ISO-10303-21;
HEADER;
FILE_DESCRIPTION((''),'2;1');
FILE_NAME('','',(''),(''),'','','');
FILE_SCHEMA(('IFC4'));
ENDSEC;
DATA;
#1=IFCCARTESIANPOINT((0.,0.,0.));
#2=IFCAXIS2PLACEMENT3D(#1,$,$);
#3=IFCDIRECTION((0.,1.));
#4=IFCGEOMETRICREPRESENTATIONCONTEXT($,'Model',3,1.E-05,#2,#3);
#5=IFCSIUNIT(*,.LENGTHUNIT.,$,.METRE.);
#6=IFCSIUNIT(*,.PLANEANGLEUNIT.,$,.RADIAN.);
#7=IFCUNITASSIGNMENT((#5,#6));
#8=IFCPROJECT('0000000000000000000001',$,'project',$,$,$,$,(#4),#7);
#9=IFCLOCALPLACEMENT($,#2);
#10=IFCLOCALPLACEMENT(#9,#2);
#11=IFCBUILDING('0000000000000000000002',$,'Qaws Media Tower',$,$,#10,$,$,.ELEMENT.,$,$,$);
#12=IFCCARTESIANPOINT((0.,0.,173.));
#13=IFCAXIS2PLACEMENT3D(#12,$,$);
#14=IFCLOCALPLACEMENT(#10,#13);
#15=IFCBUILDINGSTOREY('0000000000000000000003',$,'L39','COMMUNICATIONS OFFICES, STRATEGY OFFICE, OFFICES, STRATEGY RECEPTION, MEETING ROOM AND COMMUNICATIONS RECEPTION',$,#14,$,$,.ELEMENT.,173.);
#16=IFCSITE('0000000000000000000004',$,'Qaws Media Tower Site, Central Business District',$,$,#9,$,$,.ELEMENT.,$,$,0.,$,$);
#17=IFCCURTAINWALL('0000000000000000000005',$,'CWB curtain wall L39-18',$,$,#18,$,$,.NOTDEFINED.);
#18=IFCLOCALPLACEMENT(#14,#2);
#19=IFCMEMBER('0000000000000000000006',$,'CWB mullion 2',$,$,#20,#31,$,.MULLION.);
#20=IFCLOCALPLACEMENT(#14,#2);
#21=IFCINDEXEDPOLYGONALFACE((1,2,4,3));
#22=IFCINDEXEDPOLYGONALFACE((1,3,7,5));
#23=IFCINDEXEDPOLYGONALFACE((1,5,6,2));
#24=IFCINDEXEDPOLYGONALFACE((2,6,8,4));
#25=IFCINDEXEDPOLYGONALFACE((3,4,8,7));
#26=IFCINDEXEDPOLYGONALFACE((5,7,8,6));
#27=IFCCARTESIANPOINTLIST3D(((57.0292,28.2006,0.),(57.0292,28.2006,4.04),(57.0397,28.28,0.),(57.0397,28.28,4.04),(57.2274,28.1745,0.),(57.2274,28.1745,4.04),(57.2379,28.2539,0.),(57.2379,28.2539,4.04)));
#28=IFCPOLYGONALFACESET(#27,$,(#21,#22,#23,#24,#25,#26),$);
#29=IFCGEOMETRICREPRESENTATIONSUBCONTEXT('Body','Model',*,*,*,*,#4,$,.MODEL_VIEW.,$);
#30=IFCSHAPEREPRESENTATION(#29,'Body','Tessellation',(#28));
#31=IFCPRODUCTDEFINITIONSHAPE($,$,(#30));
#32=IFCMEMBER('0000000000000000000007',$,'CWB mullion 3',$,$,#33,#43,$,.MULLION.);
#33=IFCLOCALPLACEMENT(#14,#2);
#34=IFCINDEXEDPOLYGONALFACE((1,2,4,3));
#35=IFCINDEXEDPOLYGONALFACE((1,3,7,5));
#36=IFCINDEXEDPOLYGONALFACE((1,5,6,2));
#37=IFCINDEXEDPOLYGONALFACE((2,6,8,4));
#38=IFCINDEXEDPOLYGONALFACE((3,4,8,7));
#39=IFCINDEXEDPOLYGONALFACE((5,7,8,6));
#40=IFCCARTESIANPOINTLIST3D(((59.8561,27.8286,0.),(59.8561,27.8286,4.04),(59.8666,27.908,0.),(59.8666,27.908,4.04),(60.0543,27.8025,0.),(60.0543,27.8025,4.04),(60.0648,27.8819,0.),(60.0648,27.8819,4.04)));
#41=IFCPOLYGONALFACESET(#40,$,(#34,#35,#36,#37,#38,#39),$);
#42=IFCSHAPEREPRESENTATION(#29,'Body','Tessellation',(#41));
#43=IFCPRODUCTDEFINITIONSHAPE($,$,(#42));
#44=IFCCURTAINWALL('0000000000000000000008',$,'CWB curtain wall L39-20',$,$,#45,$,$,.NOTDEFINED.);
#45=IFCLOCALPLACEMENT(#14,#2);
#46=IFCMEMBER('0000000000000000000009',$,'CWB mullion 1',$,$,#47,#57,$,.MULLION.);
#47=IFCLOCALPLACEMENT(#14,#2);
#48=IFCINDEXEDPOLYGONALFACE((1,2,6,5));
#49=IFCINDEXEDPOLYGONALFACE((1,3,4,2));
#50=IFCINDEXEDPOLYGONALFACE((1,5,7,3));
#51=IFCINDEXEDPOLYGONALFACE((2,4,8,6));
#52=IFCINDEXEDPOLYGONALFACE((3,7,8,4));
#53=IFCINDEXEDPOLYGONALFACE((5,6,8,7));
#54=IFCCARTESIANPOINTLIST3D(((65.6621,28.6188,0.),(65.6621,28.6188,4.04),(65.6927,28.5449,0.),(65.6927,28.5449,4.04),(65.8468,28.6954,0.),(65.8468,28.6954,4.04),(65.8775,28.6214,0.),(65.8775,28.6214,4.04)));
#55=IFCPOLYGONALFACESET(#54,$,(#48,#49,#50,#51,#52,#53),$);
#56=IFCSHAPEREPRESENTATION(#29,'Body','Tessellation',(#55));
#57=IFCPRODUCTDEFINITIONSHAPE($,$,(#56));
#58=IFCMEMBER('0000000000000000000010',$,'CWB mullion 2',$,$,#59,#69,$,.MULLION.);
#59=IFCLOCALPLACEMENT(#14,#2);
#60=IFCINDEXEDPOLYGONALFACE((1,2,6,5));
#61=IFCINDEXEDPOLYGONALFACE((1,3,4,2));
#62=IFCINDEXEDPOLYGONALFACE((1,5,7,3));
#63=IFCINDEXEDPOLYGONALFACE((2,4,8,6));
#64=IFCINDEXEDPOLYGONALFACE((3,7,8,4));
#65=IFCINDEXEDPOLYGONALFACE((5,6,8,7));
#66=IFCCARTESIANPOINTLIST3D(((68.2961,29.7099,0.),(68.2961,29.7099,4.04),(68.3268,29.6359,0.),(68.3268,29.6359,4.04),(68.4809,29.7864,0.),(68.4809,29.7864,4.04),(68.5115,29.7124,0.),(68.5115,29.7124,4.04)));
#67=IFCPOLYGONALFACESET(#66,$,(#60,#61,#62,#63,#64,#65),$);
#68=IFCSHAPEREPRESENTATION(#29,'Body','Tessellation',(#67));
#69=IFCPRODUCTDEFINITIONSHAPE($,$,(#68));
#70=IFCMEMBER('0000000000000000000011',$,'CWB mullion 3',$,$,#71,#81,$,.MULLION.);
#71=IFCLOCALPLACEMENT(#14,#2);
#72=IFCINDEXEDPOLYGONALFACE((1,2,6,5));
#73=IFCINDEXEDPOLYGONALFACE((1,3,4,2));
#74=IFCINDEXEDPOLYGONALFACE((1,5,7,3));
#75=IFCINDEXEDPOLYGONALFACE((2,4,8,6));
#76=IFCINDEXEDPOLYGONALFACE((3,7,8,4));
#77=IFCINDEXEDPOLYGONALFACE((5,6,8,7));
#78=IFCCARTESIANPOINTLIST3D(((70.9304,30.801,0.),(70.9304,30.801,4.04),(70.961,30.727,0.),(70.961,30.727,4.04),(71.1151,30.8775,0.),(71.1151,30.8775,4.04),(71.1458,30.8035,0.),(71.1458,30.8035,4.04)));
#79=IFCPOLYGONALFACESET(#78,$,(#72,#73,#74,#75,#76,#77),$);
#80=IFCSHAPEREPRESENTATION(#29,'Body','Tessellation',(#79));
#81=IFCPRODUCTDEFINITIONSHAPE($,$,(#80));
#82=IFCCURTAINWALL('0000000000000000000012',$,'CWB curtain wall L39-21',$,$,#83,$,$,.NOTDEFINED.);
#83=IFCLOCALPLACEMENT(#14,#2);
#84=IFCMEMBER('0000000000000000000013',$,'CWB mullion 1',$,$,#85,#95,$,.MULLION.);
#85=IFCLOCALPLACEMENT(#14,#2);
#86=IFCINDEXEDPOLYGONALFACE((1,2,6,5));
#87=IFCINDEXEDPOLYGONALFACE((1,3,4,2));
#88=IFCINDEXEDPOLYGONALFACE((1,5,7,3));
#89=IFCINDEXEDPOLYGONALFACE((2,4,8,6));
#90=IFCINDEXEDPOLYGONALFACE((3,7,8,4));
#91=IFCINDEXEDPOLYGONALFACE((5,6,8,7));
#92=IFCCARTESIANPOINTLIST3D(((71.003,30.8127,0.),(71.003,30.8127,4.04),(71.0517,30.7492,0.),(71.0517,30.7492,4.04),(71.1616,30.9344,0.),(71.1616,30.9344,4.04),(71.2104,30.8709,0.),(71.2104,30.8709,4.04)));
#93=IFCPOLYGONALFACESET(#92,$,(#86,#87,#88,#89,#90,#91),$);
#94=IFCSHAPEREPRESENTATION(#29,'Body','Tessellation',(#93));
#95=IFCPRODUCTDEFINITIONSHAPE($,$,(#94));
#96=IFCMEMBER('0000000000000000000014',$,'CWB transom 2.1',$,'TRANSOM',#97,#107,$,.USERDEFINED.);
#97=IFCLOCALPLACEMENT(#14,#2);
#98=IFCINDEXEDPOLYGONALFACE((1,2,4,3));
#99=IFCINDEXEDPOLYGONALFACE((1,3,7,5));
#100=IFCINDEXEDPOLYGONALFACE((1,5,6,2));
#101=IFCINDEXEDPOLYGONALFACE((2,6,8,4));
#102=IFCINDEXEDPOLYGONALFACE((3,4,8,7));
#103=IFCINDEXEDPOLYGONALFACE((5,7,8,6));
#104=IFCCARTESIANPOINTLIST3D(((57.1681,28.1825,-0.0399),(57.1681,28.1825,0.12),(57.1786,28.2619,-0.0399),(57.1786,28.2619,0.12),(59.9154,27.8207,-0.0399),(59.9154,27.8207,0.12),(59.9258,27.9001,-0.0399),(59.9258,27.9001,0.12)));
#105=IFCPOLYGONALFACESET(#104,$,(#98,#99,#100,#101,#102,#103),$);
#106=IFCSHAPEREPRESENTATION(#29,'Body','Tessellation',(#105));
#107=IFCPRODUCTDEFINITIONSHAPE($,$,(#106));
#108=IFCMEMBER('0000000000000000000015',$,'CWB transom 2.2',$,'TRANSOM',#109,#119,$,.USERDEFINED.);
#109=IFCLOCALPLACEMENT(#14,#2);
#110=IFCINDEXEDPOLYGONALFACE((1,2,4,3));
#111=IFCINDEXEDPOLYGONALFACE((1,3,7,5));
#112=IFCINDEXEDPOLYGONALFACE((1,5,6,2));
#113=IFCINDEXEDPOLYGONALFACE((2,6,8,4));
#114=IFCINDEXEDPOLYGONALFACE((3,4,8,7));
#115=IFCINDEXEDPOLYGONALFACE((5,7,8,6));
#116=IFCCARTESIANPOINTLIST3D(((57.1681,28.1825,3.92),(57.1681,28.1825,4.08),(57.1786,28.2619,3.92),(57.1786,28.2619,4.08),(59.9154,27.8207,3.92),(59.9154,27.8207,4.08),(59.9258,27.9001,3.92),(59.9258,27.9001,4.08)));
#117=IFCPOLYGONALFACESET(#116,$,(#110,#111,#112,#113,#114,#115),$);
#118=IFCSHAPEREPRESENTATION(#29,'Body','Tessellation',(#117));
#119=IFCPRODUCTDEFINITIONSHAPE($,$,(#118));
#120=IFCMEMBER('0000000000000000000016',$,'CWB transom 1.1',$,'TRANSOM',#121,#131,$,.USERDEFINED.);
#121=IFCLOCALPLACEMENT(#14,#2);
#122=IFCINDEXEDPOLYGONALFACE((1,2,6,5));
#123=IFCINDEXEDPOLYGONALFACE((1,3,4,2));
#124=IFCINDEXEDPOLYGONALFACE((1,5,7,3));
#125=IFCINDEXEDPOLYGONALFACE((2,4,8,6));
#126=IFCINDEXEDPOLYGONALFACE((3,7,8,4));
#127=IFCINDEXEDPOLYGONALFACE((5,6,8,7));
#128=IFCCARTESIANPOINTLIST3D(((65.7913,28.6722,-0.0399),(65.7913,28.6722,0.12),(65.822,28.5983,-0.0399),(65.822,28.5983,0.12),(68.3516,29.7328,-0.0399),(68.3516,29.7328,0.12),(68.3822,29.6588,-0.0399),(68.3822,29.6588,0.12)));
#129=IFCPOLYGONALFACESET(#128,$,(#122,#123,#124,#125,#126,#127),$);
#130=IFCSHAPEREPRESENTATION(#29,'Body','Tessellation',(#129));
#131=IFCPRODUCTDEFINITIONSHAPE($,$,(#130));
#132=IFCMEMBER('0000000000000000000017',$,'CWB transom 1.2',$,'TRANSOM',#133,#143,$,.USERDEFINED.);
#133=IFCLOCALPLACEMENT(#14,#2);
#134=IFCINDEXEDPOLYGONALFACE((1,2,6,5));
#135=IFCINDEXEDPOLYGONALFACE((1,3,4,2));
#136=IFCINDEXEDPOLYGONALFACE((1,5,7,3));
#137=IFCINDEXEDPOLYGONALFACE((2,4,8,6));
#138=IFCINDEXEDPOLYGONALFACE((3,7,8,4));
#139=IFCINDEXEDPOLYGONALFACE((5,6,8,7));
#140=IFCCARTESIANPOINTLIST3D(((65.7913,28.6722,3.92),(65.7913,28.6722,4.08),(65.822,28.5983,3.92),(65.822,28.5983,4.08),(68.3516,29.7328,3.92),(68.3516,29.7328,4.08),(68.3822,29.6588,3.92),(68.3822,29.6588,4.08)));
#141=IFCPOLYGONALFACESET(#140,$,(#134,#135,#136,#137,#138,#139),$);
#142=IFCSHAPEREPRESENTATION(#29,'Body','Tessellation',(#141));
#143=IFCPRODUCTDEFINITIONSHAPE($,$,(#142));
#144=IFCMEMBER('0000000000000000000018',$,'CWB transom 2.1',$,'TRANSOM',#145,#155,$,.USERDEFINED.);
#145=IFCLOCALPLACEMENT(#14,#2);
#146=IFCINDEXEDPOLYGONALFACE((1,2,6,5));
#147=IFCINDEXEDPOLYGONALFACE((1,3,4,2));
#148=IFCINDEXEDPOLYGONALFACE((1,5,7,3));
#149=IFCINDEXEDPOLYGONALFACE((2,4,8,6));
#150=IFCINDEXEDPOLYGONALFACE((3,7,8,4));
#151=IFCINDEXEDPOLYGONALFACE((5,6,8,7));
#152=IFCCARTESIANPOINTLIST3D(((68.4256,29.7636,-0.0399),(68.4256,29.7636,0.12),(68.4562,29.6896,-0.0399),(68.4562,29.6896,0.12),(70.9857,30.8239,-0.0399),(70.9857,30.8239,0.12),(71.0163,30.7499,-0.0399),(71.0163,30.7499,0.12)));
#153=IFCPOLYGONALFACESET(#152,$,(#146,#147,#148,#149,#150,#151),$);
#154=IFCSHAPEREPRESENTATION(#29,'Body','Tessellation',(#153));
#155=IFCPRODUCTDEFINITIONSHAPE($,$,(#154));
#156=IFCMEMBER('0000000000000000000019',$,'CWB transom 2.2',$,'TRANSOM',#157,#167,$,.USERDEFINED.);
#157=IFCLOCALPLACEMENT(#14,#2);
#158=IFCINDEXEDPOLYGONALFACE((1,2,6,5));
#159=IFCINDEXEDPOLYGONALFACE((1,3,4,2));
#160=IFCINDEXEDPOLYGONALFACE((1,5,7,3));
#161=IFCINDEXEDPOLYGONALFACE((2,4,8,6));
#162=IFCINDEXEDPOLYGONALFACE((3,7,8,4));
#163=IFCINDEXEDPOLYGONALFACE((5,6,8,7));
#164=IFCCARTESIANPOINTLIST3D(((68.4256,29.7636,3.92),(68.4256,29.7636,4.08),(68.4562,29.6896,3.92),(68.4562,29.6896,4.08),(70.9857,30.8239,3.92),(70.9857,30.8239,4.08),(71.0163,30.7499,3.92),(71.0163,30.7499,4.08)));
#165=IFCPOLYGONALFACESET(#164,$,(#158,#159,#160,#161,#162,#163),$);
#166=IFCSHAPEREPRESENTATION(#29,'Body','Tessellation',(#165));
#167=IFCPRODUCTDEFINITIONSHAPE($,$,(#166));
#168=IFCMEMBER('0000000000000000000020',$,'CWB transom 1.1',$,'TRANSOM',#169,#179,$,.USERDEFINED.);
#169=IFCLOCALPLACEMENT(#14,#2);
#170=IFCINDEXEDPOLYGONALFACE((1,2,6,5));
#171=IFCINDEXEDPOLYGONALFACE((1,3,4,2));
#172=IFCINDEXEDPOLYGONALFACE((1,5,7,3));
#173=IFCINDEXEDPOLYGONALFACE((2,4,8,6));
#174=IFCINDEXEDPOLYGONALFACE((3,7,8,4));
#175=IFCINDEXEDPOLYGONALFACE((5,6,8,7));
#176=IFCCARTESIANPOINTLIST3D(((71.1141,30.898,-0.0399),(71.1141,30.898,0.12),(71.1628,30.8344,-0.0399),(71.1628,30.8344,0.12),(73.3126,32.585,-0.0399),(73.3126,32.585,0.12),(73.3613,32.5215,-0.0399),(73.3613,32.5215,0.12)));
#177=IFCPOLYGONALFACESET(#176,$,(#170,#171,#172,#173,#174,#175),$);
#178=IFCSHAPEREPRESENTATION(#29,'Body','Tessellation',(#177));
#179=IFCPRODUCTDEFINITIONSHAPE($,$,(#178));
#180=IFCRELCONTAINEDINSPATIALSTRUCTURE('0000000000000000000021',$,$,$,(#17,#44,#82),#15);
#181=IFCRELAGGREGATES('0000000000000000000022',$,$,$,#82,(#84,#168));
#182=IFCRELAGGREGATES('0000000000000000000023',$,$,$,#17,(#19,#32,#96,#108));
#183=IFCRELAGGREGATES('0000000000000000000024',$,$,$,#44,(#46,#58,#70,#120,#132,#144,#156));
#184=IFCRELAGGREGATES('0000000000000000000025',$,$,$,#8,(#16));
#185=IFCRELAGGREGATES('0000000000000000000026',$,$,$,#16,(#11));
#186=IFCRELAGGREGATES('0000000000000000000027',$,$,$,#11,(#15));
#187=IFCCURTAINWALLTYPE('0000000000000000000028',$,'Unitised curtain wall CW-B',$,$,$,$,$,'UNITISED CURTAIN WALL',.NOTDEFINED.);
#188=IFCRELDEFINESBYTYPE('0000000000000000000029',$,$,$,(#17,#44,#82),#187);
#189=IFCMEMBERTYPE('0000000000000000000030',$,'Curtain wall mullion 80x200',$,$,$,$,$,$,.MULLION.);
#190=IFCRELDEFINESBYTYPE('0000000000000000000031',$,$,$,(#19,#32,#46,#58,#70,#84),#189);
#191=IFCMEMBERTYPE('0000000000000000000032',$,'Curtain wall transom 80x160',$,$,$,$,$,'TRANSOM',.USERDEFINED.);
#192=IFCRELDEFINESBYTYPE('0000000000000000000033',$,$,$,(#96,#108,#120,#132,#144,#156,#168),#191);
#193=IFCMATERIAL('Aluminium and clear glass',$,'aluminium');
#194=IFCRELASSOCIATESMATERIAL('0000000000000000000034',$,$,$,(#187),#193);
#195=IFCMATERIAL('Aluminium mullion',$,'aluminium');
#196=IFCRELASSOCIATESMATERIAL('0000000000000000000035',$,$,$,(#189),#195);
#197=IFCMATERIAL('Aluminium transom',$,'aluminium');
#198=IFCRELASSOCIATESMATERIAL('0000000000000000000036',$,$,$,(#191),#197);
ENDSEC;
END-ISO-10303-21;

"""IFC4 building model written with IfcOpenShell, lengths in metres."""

from ifc_helpers import new_model, si_unit, direction, frame, origin, origin_2d, place, context, subcontext, project, spatial, rectangle, extrude, material, material_profile, profile_set, type_object, element, aggregate, save


model = new_model("IFC4")

# Units and contexts
model_context = context("Model", 3, precision=1e-05, world=origin(), true_north=direction((0.0, 1.0)))
body_context = subcontext(model_context, "Body", "Model", "MODEL_VIEW")
ifc_project = project(units=[si_unit("LENGTHUNIT", "METRE"), si_unit("PLANEANGLEUNIT", "RADIAN")], contexts=[model_context])

# Site, building, storey
site_placement = place(None, origin())
site = spatial("IfcSite", under=ifc_project, at=site_placement, Name="Qaws Media Tower Site, Central Business District", CompositionType="ELEMENT", RefElevation=0.0)
building_placement = place(site_placement, origin())
building = spatial("IfcBuilding", under=site, at=building_placement, Name="Qaws Media Tower", CompositionType="ELEMENT")
storey_placement = place(building_placement, frame((0.0, 0.0, 173.0)))
storey = spatial("IfcBuildingStorey", under=building, at=storey_placement, Name="L39", Description="COMMUNICATIONS OFFICES, STRATEGY OFFICE, OFFICES, STRATEGY RECEPTION, MEETING ROOM AND COMMUNICATIONS RECEPTION", CompositionType="ELEMENT", Elevation=173.0)

# Curtain walls, members
ifc_material_1 = material(Name="Aluminium and clear glass", Category="aluminium")
curtain_wall_type = type_object("IfcCurtainWallType", Name="Unitised curtain wall CW-B", ElementType="UNITISED CURTAIN WALL", PredefinedType="NOTDEFINED", material=ifc_material_1)
curtain_wall_1_placement = place(storey_placement, origin())
curtain_wall_1 = element("IfcCurtainWall", 1, at=curtain_wall_1_placement, inside=storey, type_object=curtain_wall_type, Name="CWB curtain wall L39-18", PredefinedType="NOTDEFINED")
ifc_material_2 = material(Name="Aluminium mullion", Category="aluminium")
ifc_material_profile_1 = material_profile(ifc_material_2, rectangle(XDim=0.0801, YDim=0.2, at=origin_2d()), Name="80x200")
ifc_profile_set_1 = profile_set([ifc_material_profile_1], Name="Aluminium mullion")
member_type_1 = type_object("IfcMemberType", Name="Curtain wall mullion 80x200", PredefinedType="MULLION", material=ifc_profile_set_1)
member_1_placement = place(storey_placement, frame((57.1335, 28.2273, 0.0), z_axis=(0.0, 0.0, 1.0), x_axis=(0.130526, 0.991445, 0.0)))
member_1 = element("IfcMember", 2, at=member_1_placement, type_object=member_type_1, Name="CWB mullion 2", PredefinedType="MULLION", context=body_context, shape_type="SweptSolid", body=[
    extrude(rectangle(XDim=0.0801, YDim=0.2, at=origin_2d()), origin(), (0.0, 0.0, 1.0), 4.04),
])
member_2_placement = place(storey_placement, frame((59.9604, 27.8552, 0.0), z_axis=(0.0, 0.0, 1.0), x_axis=(0.130526, 0.991445, 0.0)))
member_2 = element("IfcMember", 3, at=member_2_placement, type_object=member_type_1, Name="CWB mullion 3", PredefinedType="MULLION", context=body_context, shape_type="SweptSolid", body=[
    extrude(rectangle(XDim=0.0801, YDim=0.2, at=origin_2d()), origin(), (0.0, 0.0, 1.0), 4.04),
])
curtain_wall_2_placement = place(storey_placement, origin())
curtain_wall_2 = element("IfcCurtainWall", 4, at=curtain_wall_2_placement, inside=storey, type_object=curtain_wall_type, Name="CWB curtain wall L39-20", PredefinedType="NOTDEFINED")
member_3_placement = place(storey_placement, frame((65.7698, 28.6201, 0.0), z_axis=(0.0, 0.0, 1.0), x_axis=(-0.382683, 0.92388, 0.0)))
member_3 = element("IfcMember", 5, at=member_3_placement, type_object=member_type_1, Name="CWB mullion 1", PredefinedType="MULLION", context=body_context, shape_type="SweptSolid", body=[
    extrude(rectangle(XDim=0.0801, YDim=0.2, at=origin_2d()), origin(), (0.0, 0.0, 1.0), 4.04),
])
member_4_placement = place(storey_placement, frame((68.4038, 29.7112, 0.0), z_axis=(0.0, 0.0, 1.0), x_axis=(-0.382683, 0.92388, 0.0)))
member_4 = element("IfcMember", 6, at=member_4_placement, type_object=member_type_1, Name="CWB mullion 2", PredefinedType="MULLION", context=body_context, shape_type="SweptSolid", body=[
    extrude(rectangle(XDim=0.0801, YDim=0.2, at=origin_2d()), origin(), (0.0, 0.0, 1.0), 4.04),
])
member_5_placement = place(storey_placement, frame((71.0381, 30.8022, 0.0), z_axis=(0.0, 0.0, 1.0), x_axis=(-0.382683, 0.92388, 0.0)))
member_5 = element("IfcMember", 7, at=member_5_placement, type_object=member_type_1, Name="CWB mullion 3", PredefinedType="MULLION", context=body_context, shape_type="SweptSolid", body=[
    extrude(rectangle(XDim=0.0801, YDim=0.2, at=origin_2d()), origin(), (0.0, 0.0, 1.0), 4.04),
])

# Curtain wall, member
curtain_wall_3_placement = place(storey_placement, origin())
curtain_wall_3 = element("IfcCurtainWall", 8, at=curtain_wall_3_placement, inside=storey, type_object=curtain_wall_type, Name="CWB curtain wall L39-21", PredefinedType="NOTDEFINED")
member_6_placement = place(storey_placement, frame((71.1067, 30.8418, 0.0), z_axis=(0.0, 0.0, 1.0), x_axis=(-0.608762, 0.793353, 0.0)))
member_6 = element("IfcMember", 9, at=member_6_placement, type_object=member_type_1, Name="CWB mullion 1", PredefinedType="MULLION", context=body_context, shape_type="SweptSolid", body=[
    extrude(rectangle(XDim=0.0801, YDim=0.2, at=origin_2d()), origin(), (0.0, 0.0, 1.0), 4.04),
])

# Members
ifc_material_3 = material(Name="Aluminium transom", Category="aluminium")
ifc_material_profile_2 = material_profile(ifc_material_3, rectangle(XDim=0.0801, YDim=0.1599, at=origin_2d()), Name="80x160")
ifc_profile_set_2 = profile_set([ifc_material_profile_2], Name="Aluminium transom")
member_type_2 = type_object("IfcMemberType", Name="Curtain wall transom 80x160", ElementType="TRANSOM", PredefinedType="USERDEFINED", material=ifc_profile_set_2)
member_7_placement = place(storey_placement, frame((57.1733, 28.2222, 0.04), z_axis=(0.991439, -0.130571, 0.0), x_axis=(0.130571, 0.991439, 0.0)))
member_7 = element("IfcMember", 10, at=member_7_placement, type_object=member_type_2, Name="CWB transom 2.1", ObjectType="TRANSOM", PredefinedType="USERDEFINED", context=body_context, shape_type="SweptSolid", body=[
    extrude(rectangle(XDim=0.0801, YDim=0.1599, at=origin_2d()), origin(), (0.0, 0.0, 1.0), 2.771),
])
member_8_placement = place(storey_placement, frame((57.1733, 28.2222, 4.0), z_axis=(0.991439, -0.130571, 0.0), x_axis=(0.130571, 0.991439, 0.0)))
member_8 = element("IfcMember", 11, at=member_8_placement, type_object=member_type_2, Name="CWB transom 2.2", ObjectType="TRANSOM", PredefinedType="USERDEFINED", context=body_context, shape_type="SweptSolid", body=[
    extrude(rectangle(XDim=0.0801, YDim=0.1599, at=origin_2d()), origin(), (0.0, 0.0, 1.0), 2.771),
])
member_9_placement = place(storey_placement, frame((65.8066, 28.6353, 0.04), z_axis=(0.923875, 0.382694, 0.0), x_axis=(-0.382694, 0.923875, 0.0)))
member_9 = element("IfcMember", 12, at=member_9_placement, type_object=member_type_2, Name="CWB transom 1.1", ObjectType="TRANSOM", PredefinedType="USERDEFINED", context=body_context, shape_type="SweptSolid", body=[
    extrude(rectangle(XDim=0.0801, YDim=0.1599, at=origin_2d()), origin(), (0.0, 0.0, 1.0), 2.7712),
])
member_10_placement = place(storey_placement, frame((65.8066, 28.6353, 4.0), z_axis=(0.923875, 0.382694, 0.0), x_axis=(-0.382694, 0.923875, 0.0)))
member_10 = element("IfcMember", 13, at=member_10_placement, type_object=member_type_2, Name="CWB transom 1.2", ObjectType="TRANSOM", PredefinedType="USERDEFINED", context=body_context, shape_type="SweptSolid", body=[
    extrude(rectangle(XDim=0.0801, YDim=0.1599, at=origin_2d()), origin(), (0.0, 0.0, 1.0), 2.7712),
])
member_11_placement = place(storey_placement, frame((68.4409, 29.7266, 0.04), z_axis=(0.923893, 0.38265, 0.0), x_axis=(-0.38265, 0.923893, 0.0)))
member_11 = element("IfcMember", 14, at=member_11_placement, type_object=member_type_2, Name="CWB transom 2.1", ObjectType="TRANSOM", PredefinedType="USERDEFINED", context=body_context, shape_type="SweptSolid", body=[
    extrude(rectangle(XDim=0.0801, YDim=0.1599, at=origin_2d()), origin(), (0.0, 0.0, 1.0), 2.771),
])
member_12_placement = place(storey_placement, frame((68.4409, 29.7266, 4.0), z_axis=(0.923893, 0.38265, 0.0), x_axis=(-0.38265, 0.923893, 0.0)))
member_12 = element("IfcMember", 15, at=member_12_placement, type_object=member_type_2, Name="CWB transom 2.2", ObjectType="TRANSOM", PredefinedType="USERDEFINED", context=body_context, shape_type="SweptSolid", body=[
    extrude(rectangle(XDim=0.0801, YDim=0.1599, at=origin_2d()), origin(), (0.0, 0.0, 1.0), 2.771),
])
member_13_placement = place(storey_placement, frame((71.1384, 30.8662, 0.04), z_axis=(0.793344, 0.608774, 0.0), x_axis=(-0.608774, 0.793344, 0.0)))
member_13 = element("IfcMember", 16, at=member_13_placement, type_object=member_type_2, Name="CWB transom 1.1", ObjectType="TRANSOM", PredefinedType="USERDEFINED", context=body_context, shape_type="SweptSolid", body=[
    extrude(rectangle(XDim=0.0801, YDim=0.1599, at=origin_2d()), origin(), (0.0, 0.0, 1.0), 2.7712),
])
aggregate(curtain_wall_3, [member_6, member_13])

aggregate(curtain_wall_1, [member_1, member_2, member_7, member_8])
aggregate(curtain_wall_2, [member_3, member_4, member_5, member_9, member_10, member_11, member_12])

save(model, "model.ifc")
